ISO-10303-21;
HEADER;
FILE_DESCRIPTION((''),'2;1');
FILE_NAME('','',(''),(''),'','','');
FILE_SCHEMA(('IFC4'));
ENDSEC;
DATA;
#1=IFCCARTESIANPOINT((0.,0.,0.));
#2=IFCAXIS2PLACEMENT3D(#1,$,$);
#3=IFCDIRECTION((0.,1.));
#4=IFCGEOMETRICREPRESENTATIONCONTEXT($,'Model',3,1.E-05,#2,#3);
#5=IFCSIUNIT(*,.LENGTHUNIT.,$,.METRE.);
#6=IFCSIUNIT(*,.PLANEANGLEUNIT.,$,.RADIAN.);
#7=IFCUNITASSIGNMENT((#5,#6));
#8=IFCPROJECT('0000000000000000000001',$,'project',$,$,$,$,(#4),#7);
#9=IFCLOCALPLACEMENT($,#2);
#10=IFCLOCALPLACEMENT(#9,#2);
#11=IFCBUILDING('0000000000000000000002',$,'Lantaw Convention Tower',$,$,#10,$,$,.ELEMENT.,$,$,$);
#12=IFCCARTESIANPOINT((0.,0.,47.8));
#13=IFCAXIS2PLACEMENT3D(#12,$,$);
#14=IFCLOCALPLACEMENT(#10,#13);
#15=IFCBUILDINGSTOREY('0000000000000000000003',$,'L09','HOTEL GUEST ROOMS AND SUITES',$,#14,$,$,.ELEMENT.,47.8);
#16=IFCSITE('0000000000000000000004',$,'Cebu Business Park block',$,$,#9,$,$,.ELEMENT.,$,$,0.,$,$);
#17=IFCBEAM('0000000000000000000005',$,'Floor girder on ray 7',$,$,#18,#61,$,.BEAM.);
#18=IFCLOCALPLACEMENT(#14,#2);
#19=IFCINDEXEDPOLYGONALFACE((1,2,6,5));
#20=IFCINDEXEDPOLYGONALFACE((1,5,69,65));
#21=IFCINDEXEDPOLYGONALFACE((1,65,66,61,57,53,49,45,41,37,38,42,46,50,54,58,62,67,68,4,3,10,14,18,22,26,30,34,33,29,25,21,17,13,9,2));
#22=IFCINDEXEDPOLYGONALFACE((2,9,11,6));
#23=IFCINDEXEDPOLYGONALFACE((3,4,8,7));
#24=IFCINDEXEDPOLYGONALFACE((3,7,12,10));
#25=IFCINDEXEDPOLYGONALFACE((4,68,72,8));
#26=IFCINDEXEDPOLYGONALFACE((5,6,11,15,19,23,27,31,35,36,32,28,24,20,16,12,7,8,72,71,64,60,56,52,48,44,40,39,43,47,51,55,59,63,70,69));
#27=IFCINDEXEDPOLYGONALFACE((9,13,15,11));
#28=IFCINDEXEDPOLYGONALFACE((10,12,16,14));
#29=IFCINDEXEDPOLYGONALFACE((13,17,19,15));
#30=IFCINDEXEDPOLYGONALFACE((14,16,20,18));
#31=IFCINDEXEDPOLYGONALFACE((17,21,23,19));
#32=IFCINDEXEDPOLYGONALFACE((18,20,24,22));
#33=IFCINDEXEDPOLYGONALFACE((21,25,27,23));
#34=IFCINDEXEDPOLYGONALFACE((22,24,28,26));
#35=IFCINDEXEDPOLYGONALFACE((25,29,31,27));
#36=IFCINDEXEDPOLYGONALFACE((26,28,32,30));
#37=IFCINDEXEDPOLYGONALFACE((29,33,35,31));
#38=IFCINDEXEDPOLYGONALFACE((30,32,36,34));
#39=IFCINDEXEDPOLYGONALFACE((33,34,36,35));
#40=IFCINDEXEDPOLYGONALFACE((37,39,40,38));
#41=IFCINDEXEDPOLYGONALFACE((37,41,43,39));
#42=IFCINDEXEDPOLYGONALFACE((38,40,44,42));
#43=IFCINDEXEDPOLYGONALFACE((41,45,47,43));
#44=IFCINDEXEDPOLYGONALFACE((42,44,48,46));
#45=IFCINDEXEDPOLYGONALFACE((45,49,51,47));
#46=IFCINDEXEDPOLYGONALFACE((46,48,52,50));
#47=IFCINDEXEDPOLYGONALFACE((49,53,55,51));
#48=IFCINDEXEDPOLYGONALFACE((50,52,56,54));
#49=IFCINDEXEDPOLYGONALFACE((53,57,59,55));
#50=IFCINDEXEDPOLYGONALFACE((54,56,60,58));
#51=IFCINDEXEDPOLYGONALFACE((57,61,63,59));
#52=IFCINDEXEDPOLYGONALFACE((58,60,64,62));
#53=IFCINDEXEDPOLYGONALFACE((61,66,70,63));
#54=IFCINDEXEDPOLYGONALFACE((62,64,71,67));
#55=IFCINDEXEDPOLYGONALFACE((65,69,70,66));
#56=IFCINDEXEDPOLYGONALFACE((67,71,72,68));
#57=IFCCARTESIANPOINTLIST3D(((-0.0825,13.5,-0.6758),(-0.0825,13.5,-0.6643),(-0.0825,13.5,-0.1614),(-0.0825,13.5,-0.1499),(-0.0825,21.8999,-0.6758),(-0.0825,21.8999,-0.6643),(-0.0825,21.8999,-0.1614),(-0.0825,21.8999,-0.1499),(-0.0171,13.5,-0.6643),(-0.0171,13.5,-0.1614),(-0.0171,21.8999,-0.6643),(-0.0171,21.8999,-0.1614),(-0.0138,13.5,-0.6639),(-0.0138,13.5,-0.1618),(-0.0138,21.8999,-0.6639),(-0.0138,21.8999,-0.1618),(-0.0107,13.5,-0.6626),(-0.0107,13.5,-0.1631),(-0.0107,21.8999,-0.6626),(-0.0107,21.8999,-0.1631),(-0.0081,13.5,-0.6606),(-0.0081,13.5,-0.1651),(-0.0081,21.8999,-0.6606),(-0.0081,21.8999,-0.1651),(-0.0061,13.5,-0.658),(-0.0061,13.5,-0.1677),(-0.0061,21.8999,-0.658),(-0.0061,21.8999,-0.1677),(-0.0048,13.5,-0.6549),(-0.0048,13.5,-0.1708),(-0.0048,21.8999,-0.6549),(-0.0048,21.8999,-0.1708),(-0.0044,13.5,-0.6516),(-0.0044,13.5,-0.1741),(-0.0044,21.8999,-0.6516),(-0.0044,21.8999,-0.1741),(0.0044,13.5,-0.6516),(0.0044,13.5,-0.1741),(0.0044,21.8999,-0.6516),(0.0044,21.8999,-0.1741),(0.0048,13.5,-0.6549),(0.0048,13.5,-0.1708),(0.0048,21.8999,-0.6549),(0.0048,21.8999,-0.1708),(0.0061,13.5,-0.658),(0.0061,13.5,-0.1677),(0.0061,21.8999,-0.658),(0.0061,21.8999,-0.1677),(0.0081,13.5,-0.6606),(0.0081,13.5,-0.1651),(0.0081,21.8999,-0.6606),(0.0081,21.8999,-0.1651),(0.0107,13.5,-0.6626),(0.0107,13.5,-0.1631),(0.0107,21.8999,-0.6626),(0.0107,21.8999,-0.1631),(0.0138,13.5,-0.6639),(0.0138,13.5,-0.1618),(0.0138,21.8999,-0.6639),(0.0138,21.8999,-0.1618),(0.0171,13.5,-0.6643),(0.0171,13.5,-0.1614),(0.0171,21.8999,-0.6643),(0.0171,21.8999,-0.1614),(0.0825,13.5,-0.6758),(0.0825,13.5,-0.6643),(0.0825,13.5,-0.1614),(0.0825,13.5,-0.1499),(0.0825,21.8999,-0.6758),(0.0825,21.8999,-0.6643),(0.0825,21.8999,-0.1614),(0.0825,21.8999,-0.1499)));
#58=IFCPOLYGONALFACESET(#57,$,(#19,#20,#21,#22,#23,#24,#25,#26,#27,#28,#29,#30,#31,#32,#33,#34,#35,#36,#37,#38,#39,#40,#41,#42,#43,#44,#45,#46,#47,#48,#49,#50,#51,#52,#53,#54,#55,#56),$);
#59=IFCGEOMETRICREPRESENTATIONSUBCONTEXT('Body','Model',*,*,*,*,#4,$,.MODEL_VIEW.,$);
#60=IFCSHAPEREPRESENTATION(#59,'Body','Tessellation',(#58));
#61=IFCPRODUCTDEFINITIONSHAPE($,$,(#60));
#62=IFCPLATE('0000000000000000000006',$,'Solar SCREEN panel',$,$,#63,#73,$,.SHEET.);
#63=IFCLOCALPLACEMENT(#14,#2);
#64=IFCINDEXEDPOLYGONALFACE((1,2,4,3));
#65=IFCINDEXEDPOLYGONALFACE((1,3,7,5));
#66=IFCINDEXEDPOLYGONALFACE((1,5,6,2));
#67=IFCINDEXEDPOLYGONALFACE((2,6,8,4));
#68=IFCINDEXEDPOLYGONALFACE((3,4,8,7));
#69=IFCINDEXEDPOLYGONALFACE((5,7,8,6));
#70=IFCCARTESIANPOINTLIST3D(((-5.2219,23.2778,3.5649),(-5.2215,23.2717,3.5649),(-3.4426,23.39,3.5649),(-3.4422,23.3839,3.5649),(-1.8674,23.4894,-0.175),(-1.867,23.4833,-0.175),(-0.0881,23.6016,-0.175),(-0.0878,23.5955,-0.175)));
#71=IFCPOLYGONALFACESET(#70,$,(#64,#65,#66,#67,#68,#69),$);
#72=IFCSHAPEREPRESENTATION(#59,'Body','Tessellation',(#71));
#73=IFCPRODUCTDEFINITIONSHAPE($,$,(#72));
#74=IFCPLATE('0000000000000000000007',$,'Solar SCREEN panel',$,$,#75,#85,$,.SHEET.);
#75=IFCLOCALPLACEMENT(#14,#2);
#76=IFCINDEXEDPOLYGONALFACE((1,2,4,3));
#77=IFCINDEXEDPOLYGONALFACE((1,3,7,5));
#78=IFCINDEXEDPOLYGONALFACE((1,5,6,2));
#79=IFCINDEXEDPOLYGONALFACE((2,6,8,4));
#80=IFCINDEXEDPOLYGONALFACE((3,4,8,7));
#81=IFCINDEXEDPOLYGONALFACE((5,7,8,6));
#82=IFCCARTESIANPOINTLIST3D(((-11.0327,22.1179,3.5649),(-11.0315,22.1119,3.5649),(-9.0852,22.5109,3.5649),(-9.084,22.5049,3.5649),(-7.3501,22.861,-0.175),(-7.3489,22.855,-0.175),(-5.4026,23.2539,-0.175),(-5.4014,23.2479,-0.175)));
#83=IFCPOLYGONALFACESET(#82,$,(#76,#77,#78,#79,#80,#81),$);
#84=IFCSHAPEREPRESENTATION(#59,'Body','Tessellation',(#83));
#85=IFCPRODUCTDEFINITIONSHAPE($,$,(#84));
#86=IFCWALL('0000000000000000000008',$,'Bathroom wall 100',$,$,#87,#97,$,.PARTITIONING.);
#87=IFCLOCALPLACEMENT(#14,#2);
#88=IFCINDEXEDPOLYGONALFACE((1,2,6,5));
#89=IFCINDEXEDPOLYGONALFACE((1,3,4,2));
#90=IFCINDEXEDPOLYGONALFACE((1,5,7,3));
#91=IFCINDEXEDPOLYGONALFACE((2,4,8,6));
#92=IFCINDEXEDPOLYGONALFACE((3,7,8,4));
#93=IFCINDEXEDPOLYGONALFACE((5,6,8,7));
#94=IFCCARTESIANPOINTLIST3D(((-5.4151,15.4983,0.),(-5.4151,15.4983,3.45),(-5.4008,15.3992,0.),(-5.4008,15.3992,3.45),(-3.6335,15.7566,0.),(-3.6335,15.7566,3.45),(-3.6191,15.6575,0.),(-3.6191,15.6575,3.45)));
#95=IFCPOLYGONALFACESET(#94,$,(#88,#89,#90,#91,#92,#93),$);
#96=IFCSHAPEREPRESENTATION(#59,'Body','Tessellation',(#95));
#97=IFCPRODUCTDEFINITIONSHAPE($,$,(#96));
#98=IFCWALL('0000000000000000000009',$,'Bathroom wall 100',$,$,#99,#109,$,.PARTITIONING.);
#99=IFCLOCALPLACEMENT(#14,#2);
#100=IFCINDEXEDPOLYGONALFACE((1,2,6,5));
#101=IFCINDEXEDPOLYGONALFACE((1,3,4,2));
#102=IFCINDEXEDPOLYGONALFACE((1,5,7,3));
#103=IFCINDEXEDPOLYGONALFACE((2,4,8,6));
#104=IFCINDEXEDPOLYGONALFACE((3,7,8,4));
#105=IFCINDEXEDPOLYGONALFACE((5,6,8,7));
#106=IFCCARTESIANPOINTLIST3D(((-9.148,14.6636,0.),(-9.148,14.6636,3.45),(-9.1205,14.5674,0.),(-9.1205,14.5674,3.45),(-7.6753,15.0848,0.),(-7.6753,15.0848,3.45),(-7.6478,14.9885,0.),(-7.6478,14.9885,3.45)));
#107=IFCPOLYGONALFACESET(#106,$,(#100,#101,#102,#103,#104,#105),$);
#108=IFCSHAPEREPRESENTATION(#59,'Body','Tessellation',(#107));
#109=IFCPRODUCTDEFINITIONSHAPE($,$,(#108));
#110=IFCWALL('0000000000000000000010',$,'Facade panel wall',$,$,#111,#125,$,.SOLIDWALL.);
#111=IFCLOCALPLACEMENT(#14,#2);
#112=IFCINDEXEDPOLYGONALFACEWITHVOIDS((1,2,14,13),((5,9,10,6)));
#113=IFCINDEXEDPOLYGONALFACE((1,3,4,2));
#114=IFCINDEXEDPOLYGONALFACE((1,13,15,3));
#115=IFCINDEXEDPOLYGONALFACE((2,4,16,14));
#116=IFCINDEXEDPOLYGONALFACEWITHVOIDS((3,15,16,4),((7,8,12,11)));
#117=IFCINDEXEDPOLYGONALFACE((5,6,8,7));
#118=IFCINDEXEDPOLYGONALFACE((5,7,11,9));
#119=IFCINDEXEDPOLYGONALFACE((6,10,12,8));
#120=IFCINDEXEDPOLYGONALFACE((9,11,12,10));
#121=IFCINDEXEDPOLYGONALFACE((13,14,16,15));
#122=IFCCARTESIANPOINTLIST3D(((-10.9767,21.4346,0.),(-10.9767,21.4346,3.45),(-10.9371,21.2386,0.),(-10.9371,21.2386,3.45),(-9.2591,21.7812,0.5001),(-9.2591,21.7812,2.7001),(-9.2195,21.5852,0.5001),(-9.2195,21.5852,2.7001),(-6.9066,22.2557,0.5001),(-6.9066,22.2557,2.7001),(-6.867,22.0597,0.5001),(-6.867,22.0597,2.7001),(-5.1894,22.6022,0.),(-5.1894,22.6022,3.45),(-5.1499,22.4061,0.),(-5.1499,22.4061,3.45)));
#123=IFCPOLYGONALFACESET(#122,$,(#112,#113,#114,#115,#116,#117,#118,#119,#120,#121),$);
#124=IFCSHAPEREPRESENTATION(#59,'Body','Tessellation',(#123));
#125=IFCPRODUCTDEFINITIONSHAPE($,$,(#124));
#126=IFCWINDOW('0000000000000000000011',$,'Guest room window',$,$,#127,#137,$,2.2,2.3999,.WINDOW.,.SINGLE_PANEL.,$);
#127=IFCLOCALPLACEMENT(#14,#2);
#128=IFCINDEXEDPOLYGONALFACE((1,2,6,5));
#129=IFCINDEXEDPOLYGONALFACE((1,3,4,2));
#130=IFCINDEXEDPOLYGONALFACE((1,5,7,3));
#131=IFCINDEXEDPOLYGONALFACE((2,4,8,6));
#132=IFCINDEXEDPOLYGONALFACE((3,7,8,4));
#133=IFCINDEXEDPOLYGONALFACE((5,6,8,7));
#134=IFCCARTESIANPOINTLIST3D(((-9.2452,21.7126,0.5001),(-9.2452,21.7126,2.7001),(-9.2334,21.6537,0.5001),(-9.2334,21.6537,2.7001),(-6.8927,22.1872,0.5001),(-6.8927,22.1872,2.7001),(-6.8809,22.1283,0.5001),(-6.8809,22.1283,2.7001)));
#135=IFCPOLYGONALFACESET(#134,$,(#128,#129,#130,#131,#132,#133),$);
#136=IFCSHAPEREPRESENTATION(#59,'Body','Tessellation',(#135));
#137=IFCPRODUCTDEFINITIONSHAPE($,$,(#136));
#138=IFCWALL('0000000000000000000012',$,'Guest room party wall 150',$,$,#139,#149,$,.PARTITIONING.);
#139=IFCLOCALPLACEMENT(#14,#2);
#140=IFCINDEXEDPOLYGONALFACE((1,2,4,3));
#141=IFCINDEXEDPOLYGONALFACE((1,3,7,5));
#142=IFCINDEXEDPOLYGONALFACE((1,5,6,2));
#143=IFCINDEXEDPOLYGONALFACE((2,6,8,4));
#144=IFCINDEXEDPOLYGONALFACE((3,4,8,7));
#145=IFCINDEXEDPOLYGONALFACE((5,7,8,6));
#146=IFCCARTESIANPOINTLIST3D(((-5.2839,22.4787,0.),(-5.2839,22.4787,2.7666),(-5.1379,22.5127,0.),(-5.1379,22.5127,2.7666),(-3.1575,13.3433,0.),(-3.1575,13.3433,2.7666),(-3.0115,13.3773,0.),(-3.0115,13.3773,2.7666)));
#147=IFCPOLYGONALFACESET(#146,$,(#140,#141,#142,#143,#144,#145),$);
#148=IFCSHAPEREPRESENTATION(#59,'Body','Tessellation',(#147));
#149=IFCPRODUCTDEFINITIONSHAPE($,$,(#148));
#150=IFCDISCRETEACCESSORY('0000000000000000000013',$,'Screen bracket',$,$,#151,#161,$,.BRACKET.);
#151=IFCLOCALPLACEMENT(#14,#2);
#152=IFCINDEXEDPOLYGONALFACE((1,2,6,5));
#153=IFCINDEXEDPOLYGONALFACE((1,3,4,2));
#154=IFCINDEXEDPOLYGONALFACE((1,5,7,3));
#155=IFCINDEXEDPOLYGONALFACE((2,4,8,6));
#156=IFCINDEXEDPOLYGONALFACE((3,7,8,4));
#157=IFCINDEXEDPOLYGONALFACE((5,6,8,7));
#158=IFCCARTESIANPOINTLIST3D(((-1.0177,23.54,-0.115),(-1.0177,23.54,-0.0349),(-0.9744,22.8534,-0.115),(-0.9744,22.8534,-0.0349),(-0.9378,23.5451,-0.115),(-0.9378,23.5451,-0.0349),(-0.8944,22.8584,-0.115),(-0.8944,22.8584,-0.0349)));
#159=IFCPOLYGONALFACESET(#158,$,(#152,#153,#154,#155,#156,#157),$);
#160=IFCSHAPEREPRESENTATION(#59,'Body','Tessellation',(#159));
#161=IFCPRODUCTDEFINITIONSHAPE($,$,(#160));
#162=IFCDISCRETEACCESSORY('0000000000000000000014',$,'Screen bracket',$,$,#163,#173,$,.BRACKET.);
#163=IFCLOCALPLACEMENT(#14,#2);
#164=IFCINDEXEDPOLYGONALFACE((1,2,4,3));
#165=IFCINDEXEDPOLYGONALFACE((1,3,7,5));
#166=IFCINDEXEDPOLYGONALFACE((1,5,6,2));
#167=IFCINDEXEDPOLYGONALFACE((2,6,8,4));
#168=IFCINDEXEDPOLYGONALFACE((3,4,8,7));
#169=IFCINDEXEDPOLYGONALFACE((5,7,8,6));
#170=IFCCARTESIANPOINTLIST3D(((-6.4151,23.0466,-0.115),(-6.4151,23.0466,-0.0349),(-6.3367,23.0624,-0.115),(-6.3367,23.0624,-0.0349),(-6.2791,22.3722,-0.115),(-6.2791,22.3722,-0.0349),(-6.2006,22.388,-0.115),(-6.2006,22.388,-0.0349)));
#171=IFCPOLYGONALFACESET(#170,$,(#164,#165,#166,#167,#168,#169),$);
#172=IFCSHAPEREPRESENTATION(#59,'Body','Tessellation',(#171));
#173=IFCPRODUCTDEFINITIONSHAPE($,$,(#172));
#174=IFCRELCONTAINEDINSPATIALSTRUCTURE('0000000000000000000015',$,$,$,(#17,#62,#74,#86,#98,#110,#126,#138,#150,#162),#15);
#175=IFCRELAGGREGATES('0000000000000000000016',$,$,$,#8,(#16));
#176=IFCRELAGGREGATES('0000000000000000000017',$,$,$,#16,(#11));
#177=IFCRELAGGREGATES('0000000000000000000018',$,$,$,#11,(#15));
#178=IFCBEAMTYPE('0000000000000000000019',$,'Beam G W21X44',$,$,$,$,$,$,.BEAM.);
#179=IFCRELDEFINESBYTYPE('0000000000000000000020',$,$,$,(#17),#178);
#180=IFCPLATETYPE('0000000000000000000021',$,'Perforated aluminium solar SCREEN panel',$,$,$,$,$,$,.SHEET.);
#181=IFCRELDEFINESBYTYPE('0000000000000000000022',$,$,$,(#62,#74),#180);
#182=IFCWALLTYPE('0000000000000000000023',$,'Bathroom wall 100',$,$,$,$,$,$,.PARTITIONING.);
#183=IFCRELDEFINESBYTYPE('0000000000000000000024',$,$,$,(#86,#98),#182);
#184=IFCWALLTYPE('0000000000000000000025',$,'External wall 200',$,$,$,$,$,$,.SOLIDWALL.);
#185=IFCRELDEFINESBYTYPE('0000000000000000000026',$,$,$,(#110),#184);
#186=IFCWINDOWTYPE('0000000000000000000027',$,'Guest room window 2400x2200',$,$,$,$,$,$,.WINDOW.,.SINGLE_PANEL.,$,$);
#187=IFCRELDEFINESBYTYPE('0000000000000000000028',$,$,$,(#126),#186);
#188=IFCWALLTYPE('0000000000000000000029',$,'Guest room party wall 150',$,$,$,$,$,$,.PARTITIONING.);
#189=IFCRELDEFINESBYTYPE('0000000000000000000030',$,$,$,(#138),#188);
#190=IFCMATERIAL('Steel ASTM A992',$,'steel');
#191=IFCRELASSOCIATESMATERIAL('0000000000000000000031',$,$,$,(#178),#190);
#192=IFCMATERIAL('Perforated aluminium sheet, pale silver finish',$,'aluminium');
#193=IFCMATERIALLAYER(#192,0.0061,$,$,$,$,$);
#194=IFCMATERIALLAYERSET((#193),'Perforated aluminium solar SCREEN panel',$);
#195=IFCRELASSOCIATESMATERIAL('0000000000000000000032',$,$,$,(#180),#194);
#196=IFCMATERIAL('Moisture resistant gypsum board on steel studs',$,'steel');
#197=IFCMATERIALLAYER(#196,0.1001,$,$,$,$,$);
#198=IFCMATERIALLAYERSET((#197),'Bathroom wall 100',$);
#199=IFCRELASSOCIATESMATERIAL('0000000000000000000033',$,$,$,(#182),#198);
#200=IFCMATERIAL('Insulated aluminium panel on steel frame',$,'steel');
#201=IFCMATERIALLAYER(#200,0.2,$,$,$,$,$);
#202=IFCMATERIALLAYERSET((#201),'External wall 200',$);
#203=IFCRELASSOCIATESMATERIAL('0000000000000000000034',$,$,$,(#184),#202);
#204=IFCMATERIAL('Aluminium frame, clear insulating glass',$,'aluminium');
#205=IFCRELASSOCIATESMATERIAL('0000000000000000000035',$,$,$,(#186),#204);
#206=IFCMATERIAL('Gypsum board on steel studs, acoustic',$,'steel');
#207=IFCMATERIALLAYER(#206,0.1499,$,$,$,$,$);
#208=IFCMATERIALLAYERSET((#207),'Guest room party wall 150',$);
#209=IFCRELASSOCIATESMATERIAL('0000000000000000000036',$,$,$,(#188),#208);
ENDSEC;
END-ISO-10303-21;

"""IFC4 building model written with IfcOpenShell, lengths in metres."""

from ifc_helpers import new_model, si_unit, direction, frame, frame_2d, origin, origin_2d, place, context, subcontext, project, spatial, polyline, rectangle, i_section, outline, extrude, material, layer, layer_set, material_profile, profile_set, type_object, element, fill, save


model = new_model("IFC4")

# Units and contexts
model_context = context("Model", 3, precision=1e-05, world=origin(), true_north=direction((0.0, 1.0)))
body_context = subcontext(model_context, "Body", "Model", "MODEL_VIEW")
ifc_project = project(units=[si_unit("LENGTHUNIT", "METRE"), si_unit("PLANEANGLEUNIT", "RADIAN")], contexts=[model_context])

# Site, building, storey
site_placement = place(None, origin())
site = spatial("IfcSite", under=ifc_project, at=site_placement, Name="Cebu Business Park block", CompositionType="ELEMENT", RefElevation=0.0)
building_placement = place(site_placement, origin())
building = spatial("IfcBuilding", under=site, at=building_placement, Name="Lantaw Convention Tower", CompositionType="ELEMENT")
storey_placement = place(building_placement, frame((0.0, 0.0, 47.8)))
storey = spatial("IfcBuildingStorey", under=building, at=storey_placement, Name="L09", Description="HOTEL GUEST ROOMS AND SUITES", CompositionType="ELEMENT", Elevation=47.8)

# Beam
ifc_material_1 = material(Name="Steel ASTM A992", Category="steel")
ifc_material_profile_1 = material_profile(ifc_material_1, i_section(OverallWidth=0.165, OverallDepth=0.5259, WebThickness=0.0088, FlangeThickness=0.0115, FilletRadius=0.0127, at=origin_2d()), Name="W21X44")
ifc_profile_set_1 = profile_set([ifc_material_profile_1], Name="Steel ASTM A992")
beam_type_1 = type_object("IfcBeamType", Name="Beam G W21X44", PredefinedType="BEAM", material=ifc_profile_set_1)
beam_1_placement = place(storey_placement, frame((0.0, 13.5, -0.4128), z_axis=(0.0, 1.0, 0.0), x_axis=(-1.0, 0.0, 0.0)))
element("IfcBeam", 1, at=beam_1_placement, inside=storey, type_object=beam_type_1, Name="Floor girder on ray 7", PredefinedType="BEAM", context=body_context, shape_type="SweptSolid", body=[
    extrude(i_section(OverallWidth=0.165, OverallDepth=0.5259, WebThickness=0.0088, FlangeThickness=0.0115, FilletRadius=0.0127, at=origin_2d()), origin(), (0.0, 0.0, 1.0), 8.3999),
])

# Plates
ifc_material_2 = material(Name="Perforated aluminium sheet, pale silver finish", Category="aluminium")
ifc_layer_1 = layer(ifc_material_2, 0.0061)
ifc_layer_set_1 = layer_set([ifc_layer_1], Name="Perforated aluminium solar SCREEN panel")
plate_type = type_object("IfcPlateType", Name="Perforated aluminium solar SCREEN panel", PredefinedType="SHEET", material=ifc_layer_set_1)
plate_1_placement = place(storey_placement, frame((-0.0881, 23.6016, -0.175), z_axis=(-0.062924, 0.998018, 0.000014), x_axis=(-0.998018, -0.062924, 0.0)))
element("IfcPlate", 2, at=plate_1_placement, inside=storey, type_object=plate_type, Name="Solar SCREEN panel", PredefinedType="SHEET", context=body_context, shape_type="SweptSolid", body=[
    extrude(outline(polyline([(0.0, 0.0), (1.7828, 0.0), (5.144, 3.74), (3.3611, 3.74), (0.0, 0.0)])), origin(), (0.0, 0.0, -1.0), 0.0061),
])
plate_2_placement = place(storey_placement, frame((-5.4026, 23.2539, -0.175), z_axis=(-0.197782, 0.980246, 0.000002), x_axis=(-0.980246, -0.197782, 0.0)))
element("IfcPlate", 3, at=plate_2_placement, inside=storey, type_object=plate_type, Name="Solar SCREEN panel", PredefinedType="SHEET", context=body_context, shape_type="SweptSolid", body=[
    extrude(outline(polyline([(0.0, 0.0), (1.9867, 0.0), (5.7436, 3.74), (3.7568, 3.74), (0.0, 0.0)])), origin(), (0.0, 0.0, -1.0), 0.0061),
])

# Walls
ifc_material_3 = material(Name="Moisture resistant gypsum board on steel studs", Category="steel")
ifc_layer_2 = layer(ifc_material_3, 0.1001)
ifc_layer_set_2 = layer_set([ifc_layer_2], Name="Bathroom wall 100")
wall_type_1 = type_object("IfcWallType", Name="Bathroom wall 100", PredefinedType="PARTITIONING", material=ifc_layer_set_2)
wall_1_placement = place(storey_placement, frame((-5.408, 15.4487, 0.0), z_axis=(0.0, 0.0, 1.0), x_axis=(0.989654, 0.143471, 0.0)))
element("IfcWall", 4, at=wall_1_placement, inside=storey, type_object=wall_type_1, Name="Bathroom wall 100", PredefinedType="PARTITIONING", context=body_context, shape_type="SweptSolid", body=[
    extrude(rectangle(XDim=1.8003, YDim=0.1001, at=frame_2d((0.9001, 0.0))), origin(), (0.0, 0.0, 1.0), 3.45),
])
wall_2_placement = place(storey_placement, frame((-9.1343, 14.6155, 0.0), z_axis=(0.0, 0.0, 1.0), x_axis=(0.961458, 0.274953, 0.0)))
element("IfcWall", 5, at=wall_2_placement, inside=storey, type_object=wall_type_1, Name="Bathroom wall 100", PredefinedType="PARTITIONING", context=body_context, shape_type="SweptSolid", body=[
    extrude(rectangle(XDim=1.5317, YDim=0.1001, at=frame_2d((0.7659, 0.0))), origin(), (0.0, 0.0, 1.0), 3.45),
])

# Wall, opening, window
ifc_material_4 = material(Name="Insulated aluminium panel on steel frame", Category="steel")
ifc_layer_3 = layer(ifc_material_4, 0.2)
ifc_layer_set_3 = layer_set([ifc_layer_3], Name="External wall 200")
wall_type_2 = type_object("IfcWallType", Name="External wall 200", PredefinedType="SOLIDWALL", material=ifc_layer_set_3)
wall_3_placement = place(storey_placement, frame((-5.1697, 22.5042, 0.0), z_axis=(0.0, 0.0, 1.0), x_axis=(-0.980252, -0.197754, 0.0)))
wall_3 = element("IfcWall", 6, at=wall_3_placement, inside=storey, type_object=wall_type_2, Name="Facade panel wall", PredefinedType="SOLIDWALL", context=body_context, shape_type="SweptSolid", body=[
    extrude(rectangle(XDim=5.9038, YDim=0.2, at=frame_2d((2.9519, 0.0))), origin(), (0.0, 0.0, 1.0), 3.45),
])
opening_placement = place(wall_3_placement, frame((1.7517, 0.0, 0.5)))
opening = element("IfcOpeningElement", 7, at=opening_placement, cuts=wall_3, PredefinedType="OPENING", context=body_context, shape_type="SweptSolid", body=[
    extrude(rectangle(XDim=2.3999, YDim=2.2, at=frame_2d((1.2, 1.1001))), frame((0.0, 0.1099, 0.0), z_axis=(0.0, -1.0, 0.0), x_axis=(1.0, 0.0, 0.0)), (0.0, 0.0, 1.0), 0.22),
])
ifc_material_5 = material(Name="Aluminium frame, clear insulating glass", Category="aluminium")
window_type = type_object("IfcWindowType", Name="Guest room window 2400x2200", PartitioningType="SINGLE_PANEL", PredefinedType="WINDOW", material=ifc_material_5)
window_placement = place(opening_placement, origin())
window = element("IfcWindow", 8, at=window_placement, inside=storey, type_object=window_type, Name="Guest room window", OverallHeight=2.2, OverallWidth=2.3999, PartitioningType="SINGLE_PANEL", PredefinedType="WINDOW", context=body_context, shape_type="SweptSolid", body=[
    extrude(rectangle(XDim=2.3999, YDim=2.2, at=frame_2d((1.2, 1.1001))), frame((0.0, 0.03, 0.0), z_axis=(0.0, -1.0, 0.0), x_axis=(1.0, 0.0, 0.0)), (0.0, 0.0, 1.0), 0.0601),
])
fill(opening, window)

# Wall
ifc_material_6 = material(Name="Gypsum board on steel studs, acoustic", Category="steel")
ifc_layer_4 = layer(ifc_material_6, 0.1499)
ifc_layer_set_4 = layer_set([ifc_layer_4], Name="Guest room party wall 150")
wall_type_3 = type_object("IfcWallType", Name="Guest room party wall 150", PredefinedType="PARTITIONING", material=ifc_layer_set_4)
wall_4_placement = place(storey_placement, frame((-5.2109, 22.4958, 0.0), z_axis=(0.0, 0.0, 1.0), x_axis=(0.226709, -0.973963, 0.0)))
element("IfcWall", 9, at=wall_4_placement, inside=storey, type_object=wall_type_3, Name="Guest room party wall 150", PredefinedType="PARTITIONING", context=body_context, shape_type="SweptSolid", body=[
    extrude(rectangle(XDim=9.3796, YDim=0.1499, at=frame_2d((4.6899, 0.0))), origin(), (0.0, 0.0, 1.0), 2.7666),
])

# Discrete accessories
for number, where, z_axis, x_axis, name in (
    (10, (-0.9561, 23.1992, -0.115), (0.0, 0.0, 1.0), (-0.998016, -0.062958, 0.0), "Screen bracket"),
    (11, (-6.3079, 22.7173, -0.115), (0.0, 0.0, 1.0), (-0.980245, -0.197789, 0.0), "Screen bracket"),
):
    element("IfcDiscreteAccessory", number, at=place(storey_placement, frame(where, z_axis=z_axis, x_axis=x_axis)), inside=storey, Name=name, PredefinedType="BRACKET", context=body_context, shape_type="SweptSolid", body=[
        extrude(rectangle(XDim=0.0801, YDim=0.688, at=origin_2d()), origin(), (0.0, 0.0, 1.0), 0.0801),
    ])

save(model, "model.ifc")
